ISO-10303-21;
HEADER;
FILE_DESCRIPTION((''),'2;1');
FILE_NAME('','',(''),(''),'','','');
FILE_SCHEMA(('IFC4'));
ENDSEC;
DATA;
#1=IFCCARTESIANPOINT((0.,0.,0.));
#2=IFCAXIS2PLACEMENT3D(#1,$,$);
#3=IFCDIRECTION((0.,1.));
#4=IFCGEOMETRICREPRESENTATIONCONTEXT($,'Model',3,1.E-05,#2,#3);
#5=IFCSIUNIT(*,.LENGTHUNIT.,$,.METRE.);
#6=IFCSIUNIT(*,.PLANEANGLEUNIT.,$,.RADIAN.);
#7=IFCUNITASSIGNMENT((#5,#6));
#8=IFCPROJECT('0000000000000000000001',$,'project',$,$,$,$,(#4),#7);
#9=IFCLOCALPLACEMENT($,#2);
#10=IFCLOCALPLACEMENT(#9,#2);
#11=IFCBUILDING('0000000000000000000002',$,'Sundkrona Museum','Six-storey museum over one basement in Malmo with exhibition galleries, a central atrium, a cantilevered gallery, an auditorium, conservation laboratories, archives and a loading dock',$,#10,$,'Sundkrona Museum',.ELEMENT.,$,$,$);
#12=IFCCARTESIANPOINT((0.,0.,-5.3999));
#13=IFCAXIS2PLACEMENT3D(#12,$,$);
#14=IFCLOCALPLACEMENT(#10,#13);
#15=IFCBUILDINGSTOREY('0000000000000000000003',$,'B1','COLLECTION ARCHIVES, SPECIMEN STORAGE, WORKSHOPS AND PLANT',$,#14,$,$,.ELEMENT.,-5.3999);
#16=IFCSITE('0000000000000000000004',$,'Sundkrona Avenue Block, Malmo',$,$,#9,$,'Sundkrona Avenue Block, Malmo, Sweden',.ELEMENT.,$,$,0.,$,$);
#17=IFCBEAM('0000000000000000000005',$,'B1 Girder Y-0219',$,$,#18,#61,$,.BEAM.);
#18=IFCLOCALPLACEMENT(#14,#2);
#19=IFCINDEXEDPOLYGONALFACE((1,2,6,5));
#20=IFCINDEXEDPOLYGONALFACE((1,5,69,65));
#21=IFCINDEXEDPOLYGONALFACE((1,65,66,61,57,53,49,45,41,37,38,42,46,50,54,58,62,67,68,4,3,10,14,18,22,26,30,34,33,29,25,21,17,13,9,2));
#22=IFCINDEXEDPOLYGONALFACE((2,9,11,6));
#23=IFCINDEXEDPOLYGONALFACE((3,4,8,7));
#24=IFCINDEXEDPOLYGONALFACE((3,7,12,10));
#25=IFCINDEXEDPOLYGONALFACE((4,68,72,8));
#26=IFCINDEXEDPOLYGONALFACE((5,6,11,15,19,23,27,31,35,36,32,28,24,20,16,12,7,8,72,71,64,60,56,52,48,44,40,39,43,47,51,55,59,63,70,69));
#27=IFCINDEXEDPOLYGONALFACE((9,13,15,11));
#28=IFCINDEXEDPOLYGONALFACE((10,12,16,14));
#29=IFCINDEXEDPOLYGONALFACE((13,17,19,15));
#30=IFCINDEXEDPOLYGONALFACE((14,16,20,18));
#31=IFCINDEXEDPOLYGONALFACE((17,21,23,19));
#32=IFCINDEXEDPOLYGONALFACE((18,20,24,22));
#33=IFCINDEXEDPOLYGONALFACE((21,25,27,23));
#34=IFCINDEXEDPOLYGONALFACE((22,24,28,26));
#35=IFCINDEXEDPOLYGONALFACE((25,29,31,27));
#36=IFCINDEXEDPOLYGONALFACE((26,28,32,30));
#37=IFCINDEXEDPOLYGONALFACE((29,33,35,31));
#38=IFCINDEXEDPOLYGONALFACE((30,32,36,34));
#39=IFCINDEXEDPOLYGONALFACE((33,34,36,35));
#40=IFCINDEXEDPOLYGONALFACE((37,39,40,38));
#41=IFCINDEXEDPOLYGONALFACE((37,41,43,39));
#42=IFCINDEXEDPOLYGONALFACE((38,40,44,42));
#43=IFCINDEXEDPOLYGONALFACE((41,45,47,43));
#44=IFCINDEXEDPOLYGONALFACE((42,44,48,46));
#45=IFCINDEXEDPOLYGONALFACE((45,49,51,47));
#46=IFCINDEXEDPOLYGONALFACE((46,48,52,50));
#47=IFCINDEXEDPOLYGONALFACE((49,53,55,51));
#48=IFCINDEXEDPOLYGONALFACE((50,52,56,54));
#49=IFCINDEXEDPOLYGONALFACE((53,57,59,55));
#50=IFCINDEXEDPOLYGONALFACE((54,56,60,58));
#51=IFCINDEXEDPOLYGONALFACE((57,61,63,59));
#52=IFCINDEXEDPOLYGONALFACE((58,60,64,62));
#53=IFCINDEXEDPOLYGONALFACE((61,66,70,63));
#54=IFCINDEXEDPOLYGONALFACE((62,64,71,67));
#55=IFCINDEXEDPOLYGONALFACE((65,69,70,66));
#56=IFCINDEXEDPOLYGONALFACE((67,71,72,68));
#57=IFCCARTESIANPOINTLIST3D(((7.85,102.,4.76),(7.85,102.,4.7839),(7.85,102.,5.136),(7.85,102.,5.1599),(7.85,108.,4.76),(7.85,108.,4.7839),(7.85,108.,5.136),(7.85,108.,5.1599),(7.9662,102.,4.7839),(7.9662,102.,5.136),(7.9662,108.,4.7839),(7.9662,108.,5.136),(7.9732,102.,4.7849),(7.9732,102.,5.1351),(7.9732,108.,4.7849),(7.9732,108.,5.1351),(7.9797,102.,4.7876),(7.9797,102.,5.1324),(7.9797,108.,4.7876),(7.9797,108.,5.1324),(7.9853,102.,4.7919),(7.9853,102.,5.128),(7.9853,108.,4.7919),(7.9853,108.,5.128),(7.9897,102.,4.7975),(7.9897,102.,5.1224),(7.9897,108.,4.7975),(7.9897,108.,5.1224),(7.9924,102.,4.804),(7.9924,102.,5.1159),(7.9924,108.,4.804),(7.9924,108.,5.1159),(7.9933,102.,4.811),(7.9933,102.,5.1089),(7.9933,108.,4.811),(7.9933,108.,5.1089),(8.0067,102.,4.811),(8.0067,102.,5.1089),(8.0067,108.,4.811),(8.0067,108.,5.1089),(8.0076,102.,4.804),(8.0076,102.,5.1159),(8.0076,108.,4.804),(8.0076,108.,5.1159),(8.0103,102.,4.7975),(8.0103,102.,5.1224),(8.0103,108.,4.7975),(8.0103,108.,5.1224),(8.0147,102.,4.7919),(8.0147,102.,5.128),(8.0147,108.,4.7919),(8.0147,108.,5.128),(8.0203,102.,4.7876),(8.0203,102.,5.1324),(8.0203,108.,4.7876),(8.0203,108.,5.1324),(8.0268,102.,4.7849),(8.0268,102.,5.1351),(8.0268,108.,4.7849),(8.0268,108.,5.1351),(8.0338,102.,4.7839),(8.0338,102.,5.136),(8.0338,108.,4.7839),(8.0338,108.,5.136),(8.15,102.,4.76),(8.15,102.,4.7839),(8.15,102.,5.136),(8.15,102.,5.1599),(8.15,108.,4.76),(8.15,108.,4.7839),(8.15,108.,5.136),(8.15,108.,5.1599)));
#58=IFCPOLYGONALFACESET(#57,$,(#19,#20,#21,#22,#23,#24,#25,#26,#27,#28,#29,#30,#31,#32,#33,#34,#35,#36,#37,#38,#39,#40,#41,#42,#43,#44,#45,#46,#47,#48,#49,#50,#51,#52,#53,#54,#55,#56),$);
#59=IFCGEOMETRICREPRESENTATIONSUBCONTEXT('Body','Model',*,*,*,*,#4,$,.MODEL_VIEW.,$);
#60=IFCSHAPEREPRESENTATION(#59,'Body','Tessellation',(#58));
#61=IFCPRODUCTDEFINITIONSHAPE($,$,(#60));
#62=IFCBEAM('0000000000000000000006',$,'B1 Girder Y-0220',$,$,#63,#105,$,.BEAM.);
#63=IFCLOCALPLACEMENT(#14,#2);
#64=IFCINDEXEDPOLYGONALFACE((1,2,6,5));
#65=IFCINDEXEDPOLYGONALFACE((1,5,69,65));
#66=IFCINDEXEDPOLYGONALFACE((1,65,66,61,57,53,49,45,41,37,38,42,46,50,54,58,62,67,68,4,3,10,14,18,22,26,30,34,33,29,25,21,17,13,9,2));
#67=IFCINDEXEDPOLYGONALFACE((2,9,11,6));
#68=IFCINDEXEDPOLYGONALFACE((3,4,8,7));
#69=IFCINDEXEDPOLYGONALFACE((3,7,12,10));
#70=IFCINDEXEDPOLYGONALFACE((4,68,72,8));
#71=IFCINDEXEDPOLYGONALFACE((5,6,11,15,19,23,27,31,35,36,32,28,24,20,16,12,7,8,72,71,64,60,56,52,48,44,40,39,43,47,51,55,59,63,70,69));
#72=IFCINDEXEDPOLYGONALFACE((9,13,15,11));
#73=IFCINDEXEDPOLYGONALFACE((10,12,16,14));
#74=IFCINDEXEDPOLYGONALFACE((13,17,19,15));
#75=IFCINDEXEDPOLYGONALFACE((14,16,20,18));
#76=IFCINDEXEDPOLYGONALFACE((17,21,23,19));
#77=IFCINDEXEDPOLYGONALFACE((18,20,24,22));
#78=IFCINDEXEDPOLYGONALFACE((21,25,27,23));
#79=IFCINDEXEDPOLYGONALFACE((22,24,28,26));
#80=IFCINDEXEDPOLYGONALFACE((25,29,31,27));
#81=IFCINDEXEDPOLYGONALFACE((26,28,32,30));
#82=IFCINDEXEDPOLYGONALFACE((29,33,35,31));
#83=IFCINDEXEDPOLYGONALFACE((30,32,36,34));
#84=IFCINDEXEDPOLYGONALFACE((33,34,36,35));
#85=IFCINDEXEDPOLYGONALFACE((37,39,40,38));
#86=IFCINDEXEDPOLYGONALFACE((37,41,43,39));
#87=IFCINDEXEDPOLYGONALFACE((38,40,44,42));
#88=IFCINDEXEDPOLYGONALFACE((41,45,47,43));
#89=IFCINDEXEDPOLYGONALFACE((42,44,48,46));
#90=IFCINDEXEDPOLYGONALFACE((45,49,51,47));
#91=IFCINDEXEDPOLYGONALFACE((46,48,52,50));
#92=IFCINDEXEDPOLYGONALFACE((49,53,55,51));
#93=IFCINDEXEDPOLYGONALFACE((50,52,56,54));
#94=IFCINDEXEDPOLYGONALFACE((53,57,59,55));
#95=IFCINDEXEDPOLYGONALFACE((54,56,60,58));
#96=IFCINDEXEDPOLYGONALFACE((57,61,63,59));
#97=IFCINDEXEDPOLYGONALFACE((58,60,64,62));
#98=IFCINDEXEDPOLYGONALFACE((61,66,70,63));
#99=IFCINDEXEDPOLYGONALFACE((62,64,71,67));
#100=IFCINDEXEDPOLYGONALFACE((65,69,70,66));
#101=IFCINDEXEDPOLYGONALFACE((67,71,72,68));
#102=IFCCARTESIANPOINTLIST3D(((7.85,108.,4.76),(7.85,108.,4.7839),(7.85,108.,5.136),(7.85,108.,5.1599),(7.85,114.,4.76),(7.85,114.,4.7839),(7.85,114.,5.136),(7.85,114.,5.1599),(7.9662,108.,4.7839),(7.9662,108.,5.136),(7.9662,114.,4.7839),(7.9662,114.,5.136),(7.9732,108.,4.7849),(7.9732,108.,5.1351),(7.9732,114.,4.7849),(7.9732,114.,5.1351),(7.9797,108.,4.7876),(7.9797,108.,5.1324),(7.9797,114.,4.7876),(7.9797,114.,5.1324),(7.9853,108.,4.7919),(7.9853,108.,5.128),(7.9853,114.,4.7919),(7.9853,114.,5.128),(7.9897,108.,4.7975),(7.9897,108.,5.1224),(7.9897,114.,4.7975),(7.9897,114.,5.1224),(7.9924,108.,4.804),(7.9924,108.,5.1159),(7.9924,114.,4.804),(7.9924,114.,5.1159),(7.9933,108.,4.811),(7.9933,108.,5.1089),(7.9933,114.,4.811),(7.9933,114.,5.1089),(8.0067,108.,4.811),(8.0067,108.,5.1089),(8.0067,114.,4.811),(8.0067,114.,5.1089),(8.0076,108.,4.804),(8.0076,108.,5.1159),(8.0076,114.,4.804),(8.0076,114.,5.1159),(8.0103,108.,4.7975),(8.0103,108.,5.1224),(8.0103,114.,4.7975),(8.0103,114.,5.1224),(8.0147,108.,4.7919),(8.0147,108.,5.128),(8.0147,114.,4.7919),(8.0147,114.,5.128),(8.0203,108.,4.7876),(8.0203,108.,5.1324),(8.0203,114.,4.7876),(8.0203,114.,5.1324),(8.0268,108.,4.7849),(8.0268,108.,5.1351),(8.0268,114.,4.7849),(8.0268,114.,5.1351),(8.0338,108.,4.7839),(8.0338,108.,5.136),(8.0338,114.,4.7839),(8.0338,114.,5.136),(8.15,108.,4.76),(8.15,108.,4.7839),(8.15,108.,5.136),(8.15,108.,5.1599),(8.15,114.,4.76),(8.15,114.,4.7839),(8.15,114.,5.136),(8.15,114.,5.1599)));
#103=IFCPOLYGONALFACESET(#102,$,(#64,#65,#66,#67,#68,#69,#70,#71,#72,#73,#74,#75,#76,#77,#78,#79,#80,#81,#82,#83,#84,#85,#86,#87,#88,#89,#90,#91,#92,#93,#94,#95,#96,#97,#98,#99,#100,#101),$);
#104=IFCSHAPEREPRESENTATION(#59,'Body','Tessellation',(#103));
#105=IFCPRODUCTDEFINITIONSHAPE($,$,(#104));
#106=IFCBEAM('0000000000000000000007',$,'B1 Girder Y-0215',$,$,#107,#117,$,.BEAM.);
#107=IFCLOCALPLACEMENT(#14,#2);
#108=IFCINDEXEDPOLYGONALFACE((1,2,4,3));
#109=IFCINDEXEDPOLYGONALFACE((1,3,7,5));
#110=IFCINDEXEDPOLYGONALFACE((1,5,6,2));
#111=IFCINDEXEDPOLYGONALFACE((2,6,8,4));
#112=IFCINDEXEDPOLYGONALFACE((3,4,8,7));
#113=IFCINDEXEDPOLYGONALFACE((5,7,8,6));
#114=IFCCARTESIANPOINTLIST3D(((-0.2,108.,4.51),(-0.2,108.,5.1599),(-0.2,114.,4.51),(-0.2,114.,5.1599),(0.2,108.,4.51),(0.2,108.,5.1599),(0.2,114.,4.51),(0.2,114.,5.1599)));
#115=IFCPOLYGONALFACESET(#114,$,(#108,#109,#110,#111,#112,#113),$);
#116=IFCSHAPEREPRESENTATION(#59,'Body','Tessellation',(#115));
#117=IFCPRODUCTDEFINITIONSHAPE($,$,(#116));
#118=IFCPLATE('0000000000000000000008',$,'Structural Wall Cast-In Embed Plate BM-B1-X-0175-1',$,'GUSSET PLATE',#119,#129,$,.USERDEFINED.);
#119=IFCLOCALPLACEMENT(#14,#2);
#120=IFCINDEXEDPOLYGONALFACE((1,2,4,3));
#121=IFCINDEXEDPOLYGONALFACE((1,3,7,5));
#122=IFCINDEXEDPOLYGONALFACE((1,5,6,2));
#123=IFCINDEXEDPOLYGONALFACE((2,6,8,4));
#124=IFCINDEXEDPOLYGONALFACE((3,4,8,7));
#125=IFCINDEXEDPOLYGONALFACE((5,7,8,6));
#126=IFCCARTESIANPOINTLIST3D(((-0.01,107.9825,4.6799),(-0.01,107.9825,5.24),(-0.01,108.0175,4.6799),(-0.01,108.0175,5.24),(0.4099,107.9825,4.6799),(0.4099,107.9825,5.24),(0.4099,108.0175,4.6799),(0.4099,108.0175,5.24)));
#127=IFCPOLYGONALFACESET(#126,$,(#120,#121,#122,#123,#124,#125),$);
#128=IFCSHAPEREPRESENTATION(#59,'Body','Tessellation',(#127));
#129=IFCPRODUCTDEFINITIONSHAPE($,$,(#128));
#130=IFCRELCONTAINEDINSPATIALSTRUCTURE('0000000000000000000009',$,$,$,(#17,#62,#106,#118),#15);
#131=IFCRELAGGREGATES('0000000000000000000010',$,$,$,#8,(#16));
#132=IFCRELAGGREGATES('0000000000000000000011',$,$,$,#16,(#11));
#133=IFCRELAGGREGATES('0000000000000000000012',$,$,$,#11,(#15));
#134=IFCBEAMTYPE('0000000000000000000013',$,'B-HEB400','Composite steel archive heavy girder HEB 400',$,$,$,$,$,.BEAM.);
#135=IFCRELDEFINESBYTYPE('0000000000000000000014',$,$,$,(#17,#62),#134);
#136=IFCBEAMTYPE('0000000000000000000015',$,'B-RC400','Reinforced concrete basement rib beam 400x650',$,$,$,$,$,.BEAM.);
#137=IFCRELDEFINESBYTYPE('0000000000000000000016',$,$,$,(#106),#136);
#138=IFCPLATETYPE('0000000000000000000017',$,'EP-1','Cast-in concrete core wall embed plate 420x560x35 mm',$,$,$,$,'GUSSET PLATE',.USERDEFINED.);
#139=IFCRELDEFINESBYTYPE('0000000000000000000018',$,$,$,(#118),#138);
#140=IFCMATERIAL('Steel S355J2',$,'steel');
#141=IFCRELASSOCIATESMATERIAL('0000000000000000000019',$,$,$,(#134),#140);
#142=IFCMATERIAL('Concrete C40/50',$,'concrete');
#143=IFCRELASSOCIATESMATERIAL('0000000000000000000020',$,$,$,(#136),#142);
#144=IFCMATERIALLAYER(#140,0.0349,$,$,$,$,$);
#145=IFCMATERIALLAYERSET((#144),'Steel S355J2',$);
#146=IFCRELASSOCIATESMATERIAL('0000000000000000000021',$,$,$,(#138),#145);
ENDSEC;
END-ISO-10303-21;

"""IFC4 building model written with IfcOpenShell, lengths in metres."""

from ifc_helpers import new_model, si_unit, direction, frame, origin, origin_2d, place, context, subcontext, project, spatial, rectangle, i_section, extrude, material, layer, layer_set, material_profile, profile_set, type_object, element, save


model = new_model("IFC4")

# Units and contexts
model_context = context("Model", 3, precision=1e-05, world=origin(), true_north=direction((0.0, 1.0)))
body_context = subcontext(model_context, "Body", "Model", "MODEL_VIEW")
ifc_project = project(units=[si_unit("LENGTHUNIT", "METRE"), si_unit("PLANEANGLEUNIT", "RADIAN")], contexts=[model_context])

# Site, building, storey
site_placement = place(None, origin())
site = spatial("IfcSite", under=ifc_project, at=site_placement, Name="Sundkrona Avenue Block, Malmo", LongName="Sundkrona Avenue Block, Malmo, Sweden", CompositionType="ELEMENT", RefElevation=0.0)
building_placement = place(site_placement, origin())
building = spatial("IfcBuilding", under=site, at=building_placement, Name="Sundkrona Museum", Description="Six-storey museum over one basement in Malmo with exhibition galleries, a central atrium, a cantilevered gallery, an auditorium, conservation laboratories, archives and a loading dock", LongName="Sundkrona Museum", CompositionType="ELEMENT")
storey_placement = place(building_placement, frame((0.0, 0.0, -5.3999)))
storey = spatial("IfcBuildingStorey", under=building, at=storey_placement, Name="B1", Description="COLLECTION ARCHIVES, SPECIMEN STORAGE, WORKSHOPS AND PLANT", CompositionType="ELEMENT", Elevation=-5.3999)

# Shared definitions
ifc_material_1 = material(Name="Concrete C40/50", Category="concrete")

# Beams
ifc_material_2 = material(Name="Steel S355J2", Category="steel")
ifc_material_profile_1 = material_profile(ifc_material_2, i_section(OverallWidth=0.3, OverallDepth=0.3999, WebThickness=0.0134, FlangeThickness=0.0239, FilletRadius=0.0271, at=origin_2d()), Name="HEB 400")
ifc_profile_set_1 = profile_set([ifc_material_profile_1], Name="Steel S355J2")
beam_type_1 = type_object("IfcBeamType", Name="B-HEB400", Description="Composite steel archive heavy girder HEB 400", PredefinedType="BEAM", material=ifc_profile_set_1)
for number, where, z_axis, x_axis, name in (
    (1, (8.0, 102.0, 4.96), (0.0, 1.0, 0.0), (-1.0, 0.0, 0.0), "B1 Girder Y-0219"),
    (2, (8.0, 108.0, 4.96), (0.0, 1.0, 0.0), (-1.0, 0.0, 0.0), "B1 Girder Y-0220"),
):
    element("IfcBeam", number, at=place(storey_placement, frame(where, z_axis=z_axis, x_axis=x_axis)), inside=storey, type_object=beam_type_1, Name=name, PredefinedType="BEAM", context=body_context, shape_type="SweptSolid", body=[
        extrude(i_section(OverallWidth=0.3, OverallDepth=0.3999, WebThickness=0.0134, FlangeThickness=0.0239, FilletRadius=0.0271, at=origin_2d()), origin(), (0.0, 0.0, 1.0), 6.0),
    ])
ifc_material_profile_2 = material_profile(ifc_material_1, rectangle(XDim=0.3999, YDim=0.6499, at=origin_2d()), Name="RCB 400x650")
ifc_profile_set_2 = profile_set([ifc_material_profile_2], Name="Concrete C40/50")
beam_type_2 = type_object("IfcBeamType", Name="B-RC400", Description="Reinforced concrete basement rib beam 400x650", PredefinedType="BEAM", material=ifc_profile_set_2)
beam_placement = place(storey_placement, frame((0.0, 108.0, 4.835), z_axis=(0.0, 1.0, 0.0), x_axis=(-1.0, 0.0, 0.0)))
element("IfcBeam", 3, at=beam_placement, inside=storey, type_object=beam_type_2, Name="B1 Girder Y-0215", PredefinedType="BEAM", context=body_context, shape_type="SweptSolid", body=[
    extrude(rectangle(XDim=0.3999, YDim=0.6499, at=origin_2d()), origin(), (0.0, 0.0, 1.0), 6.0),
])

# Plate
ifc_layer = layer(ifc_material_2, 0.0349)
ifc_layer_set = layer_set([ifc_layer], Name="Steel S355J2")
plate_type = type_object("IfcPlateType", Name="EP-1", Description="Cast-in concrete core wall embed plate 420x560x35 mm", ElementType="GUSSET PLATE", PredefinedType="USERDEFINED", material=ifc_layer_set)
plate_placement = place(storey_placement, frame((0.2, 108.0, 4.6799), z_axis=(0.0, 0.0, 1.0), x_axis=(1.0, 0.0, 0.0)))
element("IfcPlate", 4, at=plate_placement, inside=storey, type_object=plate_type, Name="Structural Wall Cast-In Embed Plate BM-B1-X-0175-1", ObjectType="GUSSET PLATE", PredefinedType="USERDEFINED", context=body_context, shape_type="SweptSolid", body=[
    extrude(rectangle(XDim=0.4199, YDim=0.0349, at=origin_2d()), origin(), (0.0, 0.0, 1.0), 0.5601),
])

save(model, "model.ifc")
